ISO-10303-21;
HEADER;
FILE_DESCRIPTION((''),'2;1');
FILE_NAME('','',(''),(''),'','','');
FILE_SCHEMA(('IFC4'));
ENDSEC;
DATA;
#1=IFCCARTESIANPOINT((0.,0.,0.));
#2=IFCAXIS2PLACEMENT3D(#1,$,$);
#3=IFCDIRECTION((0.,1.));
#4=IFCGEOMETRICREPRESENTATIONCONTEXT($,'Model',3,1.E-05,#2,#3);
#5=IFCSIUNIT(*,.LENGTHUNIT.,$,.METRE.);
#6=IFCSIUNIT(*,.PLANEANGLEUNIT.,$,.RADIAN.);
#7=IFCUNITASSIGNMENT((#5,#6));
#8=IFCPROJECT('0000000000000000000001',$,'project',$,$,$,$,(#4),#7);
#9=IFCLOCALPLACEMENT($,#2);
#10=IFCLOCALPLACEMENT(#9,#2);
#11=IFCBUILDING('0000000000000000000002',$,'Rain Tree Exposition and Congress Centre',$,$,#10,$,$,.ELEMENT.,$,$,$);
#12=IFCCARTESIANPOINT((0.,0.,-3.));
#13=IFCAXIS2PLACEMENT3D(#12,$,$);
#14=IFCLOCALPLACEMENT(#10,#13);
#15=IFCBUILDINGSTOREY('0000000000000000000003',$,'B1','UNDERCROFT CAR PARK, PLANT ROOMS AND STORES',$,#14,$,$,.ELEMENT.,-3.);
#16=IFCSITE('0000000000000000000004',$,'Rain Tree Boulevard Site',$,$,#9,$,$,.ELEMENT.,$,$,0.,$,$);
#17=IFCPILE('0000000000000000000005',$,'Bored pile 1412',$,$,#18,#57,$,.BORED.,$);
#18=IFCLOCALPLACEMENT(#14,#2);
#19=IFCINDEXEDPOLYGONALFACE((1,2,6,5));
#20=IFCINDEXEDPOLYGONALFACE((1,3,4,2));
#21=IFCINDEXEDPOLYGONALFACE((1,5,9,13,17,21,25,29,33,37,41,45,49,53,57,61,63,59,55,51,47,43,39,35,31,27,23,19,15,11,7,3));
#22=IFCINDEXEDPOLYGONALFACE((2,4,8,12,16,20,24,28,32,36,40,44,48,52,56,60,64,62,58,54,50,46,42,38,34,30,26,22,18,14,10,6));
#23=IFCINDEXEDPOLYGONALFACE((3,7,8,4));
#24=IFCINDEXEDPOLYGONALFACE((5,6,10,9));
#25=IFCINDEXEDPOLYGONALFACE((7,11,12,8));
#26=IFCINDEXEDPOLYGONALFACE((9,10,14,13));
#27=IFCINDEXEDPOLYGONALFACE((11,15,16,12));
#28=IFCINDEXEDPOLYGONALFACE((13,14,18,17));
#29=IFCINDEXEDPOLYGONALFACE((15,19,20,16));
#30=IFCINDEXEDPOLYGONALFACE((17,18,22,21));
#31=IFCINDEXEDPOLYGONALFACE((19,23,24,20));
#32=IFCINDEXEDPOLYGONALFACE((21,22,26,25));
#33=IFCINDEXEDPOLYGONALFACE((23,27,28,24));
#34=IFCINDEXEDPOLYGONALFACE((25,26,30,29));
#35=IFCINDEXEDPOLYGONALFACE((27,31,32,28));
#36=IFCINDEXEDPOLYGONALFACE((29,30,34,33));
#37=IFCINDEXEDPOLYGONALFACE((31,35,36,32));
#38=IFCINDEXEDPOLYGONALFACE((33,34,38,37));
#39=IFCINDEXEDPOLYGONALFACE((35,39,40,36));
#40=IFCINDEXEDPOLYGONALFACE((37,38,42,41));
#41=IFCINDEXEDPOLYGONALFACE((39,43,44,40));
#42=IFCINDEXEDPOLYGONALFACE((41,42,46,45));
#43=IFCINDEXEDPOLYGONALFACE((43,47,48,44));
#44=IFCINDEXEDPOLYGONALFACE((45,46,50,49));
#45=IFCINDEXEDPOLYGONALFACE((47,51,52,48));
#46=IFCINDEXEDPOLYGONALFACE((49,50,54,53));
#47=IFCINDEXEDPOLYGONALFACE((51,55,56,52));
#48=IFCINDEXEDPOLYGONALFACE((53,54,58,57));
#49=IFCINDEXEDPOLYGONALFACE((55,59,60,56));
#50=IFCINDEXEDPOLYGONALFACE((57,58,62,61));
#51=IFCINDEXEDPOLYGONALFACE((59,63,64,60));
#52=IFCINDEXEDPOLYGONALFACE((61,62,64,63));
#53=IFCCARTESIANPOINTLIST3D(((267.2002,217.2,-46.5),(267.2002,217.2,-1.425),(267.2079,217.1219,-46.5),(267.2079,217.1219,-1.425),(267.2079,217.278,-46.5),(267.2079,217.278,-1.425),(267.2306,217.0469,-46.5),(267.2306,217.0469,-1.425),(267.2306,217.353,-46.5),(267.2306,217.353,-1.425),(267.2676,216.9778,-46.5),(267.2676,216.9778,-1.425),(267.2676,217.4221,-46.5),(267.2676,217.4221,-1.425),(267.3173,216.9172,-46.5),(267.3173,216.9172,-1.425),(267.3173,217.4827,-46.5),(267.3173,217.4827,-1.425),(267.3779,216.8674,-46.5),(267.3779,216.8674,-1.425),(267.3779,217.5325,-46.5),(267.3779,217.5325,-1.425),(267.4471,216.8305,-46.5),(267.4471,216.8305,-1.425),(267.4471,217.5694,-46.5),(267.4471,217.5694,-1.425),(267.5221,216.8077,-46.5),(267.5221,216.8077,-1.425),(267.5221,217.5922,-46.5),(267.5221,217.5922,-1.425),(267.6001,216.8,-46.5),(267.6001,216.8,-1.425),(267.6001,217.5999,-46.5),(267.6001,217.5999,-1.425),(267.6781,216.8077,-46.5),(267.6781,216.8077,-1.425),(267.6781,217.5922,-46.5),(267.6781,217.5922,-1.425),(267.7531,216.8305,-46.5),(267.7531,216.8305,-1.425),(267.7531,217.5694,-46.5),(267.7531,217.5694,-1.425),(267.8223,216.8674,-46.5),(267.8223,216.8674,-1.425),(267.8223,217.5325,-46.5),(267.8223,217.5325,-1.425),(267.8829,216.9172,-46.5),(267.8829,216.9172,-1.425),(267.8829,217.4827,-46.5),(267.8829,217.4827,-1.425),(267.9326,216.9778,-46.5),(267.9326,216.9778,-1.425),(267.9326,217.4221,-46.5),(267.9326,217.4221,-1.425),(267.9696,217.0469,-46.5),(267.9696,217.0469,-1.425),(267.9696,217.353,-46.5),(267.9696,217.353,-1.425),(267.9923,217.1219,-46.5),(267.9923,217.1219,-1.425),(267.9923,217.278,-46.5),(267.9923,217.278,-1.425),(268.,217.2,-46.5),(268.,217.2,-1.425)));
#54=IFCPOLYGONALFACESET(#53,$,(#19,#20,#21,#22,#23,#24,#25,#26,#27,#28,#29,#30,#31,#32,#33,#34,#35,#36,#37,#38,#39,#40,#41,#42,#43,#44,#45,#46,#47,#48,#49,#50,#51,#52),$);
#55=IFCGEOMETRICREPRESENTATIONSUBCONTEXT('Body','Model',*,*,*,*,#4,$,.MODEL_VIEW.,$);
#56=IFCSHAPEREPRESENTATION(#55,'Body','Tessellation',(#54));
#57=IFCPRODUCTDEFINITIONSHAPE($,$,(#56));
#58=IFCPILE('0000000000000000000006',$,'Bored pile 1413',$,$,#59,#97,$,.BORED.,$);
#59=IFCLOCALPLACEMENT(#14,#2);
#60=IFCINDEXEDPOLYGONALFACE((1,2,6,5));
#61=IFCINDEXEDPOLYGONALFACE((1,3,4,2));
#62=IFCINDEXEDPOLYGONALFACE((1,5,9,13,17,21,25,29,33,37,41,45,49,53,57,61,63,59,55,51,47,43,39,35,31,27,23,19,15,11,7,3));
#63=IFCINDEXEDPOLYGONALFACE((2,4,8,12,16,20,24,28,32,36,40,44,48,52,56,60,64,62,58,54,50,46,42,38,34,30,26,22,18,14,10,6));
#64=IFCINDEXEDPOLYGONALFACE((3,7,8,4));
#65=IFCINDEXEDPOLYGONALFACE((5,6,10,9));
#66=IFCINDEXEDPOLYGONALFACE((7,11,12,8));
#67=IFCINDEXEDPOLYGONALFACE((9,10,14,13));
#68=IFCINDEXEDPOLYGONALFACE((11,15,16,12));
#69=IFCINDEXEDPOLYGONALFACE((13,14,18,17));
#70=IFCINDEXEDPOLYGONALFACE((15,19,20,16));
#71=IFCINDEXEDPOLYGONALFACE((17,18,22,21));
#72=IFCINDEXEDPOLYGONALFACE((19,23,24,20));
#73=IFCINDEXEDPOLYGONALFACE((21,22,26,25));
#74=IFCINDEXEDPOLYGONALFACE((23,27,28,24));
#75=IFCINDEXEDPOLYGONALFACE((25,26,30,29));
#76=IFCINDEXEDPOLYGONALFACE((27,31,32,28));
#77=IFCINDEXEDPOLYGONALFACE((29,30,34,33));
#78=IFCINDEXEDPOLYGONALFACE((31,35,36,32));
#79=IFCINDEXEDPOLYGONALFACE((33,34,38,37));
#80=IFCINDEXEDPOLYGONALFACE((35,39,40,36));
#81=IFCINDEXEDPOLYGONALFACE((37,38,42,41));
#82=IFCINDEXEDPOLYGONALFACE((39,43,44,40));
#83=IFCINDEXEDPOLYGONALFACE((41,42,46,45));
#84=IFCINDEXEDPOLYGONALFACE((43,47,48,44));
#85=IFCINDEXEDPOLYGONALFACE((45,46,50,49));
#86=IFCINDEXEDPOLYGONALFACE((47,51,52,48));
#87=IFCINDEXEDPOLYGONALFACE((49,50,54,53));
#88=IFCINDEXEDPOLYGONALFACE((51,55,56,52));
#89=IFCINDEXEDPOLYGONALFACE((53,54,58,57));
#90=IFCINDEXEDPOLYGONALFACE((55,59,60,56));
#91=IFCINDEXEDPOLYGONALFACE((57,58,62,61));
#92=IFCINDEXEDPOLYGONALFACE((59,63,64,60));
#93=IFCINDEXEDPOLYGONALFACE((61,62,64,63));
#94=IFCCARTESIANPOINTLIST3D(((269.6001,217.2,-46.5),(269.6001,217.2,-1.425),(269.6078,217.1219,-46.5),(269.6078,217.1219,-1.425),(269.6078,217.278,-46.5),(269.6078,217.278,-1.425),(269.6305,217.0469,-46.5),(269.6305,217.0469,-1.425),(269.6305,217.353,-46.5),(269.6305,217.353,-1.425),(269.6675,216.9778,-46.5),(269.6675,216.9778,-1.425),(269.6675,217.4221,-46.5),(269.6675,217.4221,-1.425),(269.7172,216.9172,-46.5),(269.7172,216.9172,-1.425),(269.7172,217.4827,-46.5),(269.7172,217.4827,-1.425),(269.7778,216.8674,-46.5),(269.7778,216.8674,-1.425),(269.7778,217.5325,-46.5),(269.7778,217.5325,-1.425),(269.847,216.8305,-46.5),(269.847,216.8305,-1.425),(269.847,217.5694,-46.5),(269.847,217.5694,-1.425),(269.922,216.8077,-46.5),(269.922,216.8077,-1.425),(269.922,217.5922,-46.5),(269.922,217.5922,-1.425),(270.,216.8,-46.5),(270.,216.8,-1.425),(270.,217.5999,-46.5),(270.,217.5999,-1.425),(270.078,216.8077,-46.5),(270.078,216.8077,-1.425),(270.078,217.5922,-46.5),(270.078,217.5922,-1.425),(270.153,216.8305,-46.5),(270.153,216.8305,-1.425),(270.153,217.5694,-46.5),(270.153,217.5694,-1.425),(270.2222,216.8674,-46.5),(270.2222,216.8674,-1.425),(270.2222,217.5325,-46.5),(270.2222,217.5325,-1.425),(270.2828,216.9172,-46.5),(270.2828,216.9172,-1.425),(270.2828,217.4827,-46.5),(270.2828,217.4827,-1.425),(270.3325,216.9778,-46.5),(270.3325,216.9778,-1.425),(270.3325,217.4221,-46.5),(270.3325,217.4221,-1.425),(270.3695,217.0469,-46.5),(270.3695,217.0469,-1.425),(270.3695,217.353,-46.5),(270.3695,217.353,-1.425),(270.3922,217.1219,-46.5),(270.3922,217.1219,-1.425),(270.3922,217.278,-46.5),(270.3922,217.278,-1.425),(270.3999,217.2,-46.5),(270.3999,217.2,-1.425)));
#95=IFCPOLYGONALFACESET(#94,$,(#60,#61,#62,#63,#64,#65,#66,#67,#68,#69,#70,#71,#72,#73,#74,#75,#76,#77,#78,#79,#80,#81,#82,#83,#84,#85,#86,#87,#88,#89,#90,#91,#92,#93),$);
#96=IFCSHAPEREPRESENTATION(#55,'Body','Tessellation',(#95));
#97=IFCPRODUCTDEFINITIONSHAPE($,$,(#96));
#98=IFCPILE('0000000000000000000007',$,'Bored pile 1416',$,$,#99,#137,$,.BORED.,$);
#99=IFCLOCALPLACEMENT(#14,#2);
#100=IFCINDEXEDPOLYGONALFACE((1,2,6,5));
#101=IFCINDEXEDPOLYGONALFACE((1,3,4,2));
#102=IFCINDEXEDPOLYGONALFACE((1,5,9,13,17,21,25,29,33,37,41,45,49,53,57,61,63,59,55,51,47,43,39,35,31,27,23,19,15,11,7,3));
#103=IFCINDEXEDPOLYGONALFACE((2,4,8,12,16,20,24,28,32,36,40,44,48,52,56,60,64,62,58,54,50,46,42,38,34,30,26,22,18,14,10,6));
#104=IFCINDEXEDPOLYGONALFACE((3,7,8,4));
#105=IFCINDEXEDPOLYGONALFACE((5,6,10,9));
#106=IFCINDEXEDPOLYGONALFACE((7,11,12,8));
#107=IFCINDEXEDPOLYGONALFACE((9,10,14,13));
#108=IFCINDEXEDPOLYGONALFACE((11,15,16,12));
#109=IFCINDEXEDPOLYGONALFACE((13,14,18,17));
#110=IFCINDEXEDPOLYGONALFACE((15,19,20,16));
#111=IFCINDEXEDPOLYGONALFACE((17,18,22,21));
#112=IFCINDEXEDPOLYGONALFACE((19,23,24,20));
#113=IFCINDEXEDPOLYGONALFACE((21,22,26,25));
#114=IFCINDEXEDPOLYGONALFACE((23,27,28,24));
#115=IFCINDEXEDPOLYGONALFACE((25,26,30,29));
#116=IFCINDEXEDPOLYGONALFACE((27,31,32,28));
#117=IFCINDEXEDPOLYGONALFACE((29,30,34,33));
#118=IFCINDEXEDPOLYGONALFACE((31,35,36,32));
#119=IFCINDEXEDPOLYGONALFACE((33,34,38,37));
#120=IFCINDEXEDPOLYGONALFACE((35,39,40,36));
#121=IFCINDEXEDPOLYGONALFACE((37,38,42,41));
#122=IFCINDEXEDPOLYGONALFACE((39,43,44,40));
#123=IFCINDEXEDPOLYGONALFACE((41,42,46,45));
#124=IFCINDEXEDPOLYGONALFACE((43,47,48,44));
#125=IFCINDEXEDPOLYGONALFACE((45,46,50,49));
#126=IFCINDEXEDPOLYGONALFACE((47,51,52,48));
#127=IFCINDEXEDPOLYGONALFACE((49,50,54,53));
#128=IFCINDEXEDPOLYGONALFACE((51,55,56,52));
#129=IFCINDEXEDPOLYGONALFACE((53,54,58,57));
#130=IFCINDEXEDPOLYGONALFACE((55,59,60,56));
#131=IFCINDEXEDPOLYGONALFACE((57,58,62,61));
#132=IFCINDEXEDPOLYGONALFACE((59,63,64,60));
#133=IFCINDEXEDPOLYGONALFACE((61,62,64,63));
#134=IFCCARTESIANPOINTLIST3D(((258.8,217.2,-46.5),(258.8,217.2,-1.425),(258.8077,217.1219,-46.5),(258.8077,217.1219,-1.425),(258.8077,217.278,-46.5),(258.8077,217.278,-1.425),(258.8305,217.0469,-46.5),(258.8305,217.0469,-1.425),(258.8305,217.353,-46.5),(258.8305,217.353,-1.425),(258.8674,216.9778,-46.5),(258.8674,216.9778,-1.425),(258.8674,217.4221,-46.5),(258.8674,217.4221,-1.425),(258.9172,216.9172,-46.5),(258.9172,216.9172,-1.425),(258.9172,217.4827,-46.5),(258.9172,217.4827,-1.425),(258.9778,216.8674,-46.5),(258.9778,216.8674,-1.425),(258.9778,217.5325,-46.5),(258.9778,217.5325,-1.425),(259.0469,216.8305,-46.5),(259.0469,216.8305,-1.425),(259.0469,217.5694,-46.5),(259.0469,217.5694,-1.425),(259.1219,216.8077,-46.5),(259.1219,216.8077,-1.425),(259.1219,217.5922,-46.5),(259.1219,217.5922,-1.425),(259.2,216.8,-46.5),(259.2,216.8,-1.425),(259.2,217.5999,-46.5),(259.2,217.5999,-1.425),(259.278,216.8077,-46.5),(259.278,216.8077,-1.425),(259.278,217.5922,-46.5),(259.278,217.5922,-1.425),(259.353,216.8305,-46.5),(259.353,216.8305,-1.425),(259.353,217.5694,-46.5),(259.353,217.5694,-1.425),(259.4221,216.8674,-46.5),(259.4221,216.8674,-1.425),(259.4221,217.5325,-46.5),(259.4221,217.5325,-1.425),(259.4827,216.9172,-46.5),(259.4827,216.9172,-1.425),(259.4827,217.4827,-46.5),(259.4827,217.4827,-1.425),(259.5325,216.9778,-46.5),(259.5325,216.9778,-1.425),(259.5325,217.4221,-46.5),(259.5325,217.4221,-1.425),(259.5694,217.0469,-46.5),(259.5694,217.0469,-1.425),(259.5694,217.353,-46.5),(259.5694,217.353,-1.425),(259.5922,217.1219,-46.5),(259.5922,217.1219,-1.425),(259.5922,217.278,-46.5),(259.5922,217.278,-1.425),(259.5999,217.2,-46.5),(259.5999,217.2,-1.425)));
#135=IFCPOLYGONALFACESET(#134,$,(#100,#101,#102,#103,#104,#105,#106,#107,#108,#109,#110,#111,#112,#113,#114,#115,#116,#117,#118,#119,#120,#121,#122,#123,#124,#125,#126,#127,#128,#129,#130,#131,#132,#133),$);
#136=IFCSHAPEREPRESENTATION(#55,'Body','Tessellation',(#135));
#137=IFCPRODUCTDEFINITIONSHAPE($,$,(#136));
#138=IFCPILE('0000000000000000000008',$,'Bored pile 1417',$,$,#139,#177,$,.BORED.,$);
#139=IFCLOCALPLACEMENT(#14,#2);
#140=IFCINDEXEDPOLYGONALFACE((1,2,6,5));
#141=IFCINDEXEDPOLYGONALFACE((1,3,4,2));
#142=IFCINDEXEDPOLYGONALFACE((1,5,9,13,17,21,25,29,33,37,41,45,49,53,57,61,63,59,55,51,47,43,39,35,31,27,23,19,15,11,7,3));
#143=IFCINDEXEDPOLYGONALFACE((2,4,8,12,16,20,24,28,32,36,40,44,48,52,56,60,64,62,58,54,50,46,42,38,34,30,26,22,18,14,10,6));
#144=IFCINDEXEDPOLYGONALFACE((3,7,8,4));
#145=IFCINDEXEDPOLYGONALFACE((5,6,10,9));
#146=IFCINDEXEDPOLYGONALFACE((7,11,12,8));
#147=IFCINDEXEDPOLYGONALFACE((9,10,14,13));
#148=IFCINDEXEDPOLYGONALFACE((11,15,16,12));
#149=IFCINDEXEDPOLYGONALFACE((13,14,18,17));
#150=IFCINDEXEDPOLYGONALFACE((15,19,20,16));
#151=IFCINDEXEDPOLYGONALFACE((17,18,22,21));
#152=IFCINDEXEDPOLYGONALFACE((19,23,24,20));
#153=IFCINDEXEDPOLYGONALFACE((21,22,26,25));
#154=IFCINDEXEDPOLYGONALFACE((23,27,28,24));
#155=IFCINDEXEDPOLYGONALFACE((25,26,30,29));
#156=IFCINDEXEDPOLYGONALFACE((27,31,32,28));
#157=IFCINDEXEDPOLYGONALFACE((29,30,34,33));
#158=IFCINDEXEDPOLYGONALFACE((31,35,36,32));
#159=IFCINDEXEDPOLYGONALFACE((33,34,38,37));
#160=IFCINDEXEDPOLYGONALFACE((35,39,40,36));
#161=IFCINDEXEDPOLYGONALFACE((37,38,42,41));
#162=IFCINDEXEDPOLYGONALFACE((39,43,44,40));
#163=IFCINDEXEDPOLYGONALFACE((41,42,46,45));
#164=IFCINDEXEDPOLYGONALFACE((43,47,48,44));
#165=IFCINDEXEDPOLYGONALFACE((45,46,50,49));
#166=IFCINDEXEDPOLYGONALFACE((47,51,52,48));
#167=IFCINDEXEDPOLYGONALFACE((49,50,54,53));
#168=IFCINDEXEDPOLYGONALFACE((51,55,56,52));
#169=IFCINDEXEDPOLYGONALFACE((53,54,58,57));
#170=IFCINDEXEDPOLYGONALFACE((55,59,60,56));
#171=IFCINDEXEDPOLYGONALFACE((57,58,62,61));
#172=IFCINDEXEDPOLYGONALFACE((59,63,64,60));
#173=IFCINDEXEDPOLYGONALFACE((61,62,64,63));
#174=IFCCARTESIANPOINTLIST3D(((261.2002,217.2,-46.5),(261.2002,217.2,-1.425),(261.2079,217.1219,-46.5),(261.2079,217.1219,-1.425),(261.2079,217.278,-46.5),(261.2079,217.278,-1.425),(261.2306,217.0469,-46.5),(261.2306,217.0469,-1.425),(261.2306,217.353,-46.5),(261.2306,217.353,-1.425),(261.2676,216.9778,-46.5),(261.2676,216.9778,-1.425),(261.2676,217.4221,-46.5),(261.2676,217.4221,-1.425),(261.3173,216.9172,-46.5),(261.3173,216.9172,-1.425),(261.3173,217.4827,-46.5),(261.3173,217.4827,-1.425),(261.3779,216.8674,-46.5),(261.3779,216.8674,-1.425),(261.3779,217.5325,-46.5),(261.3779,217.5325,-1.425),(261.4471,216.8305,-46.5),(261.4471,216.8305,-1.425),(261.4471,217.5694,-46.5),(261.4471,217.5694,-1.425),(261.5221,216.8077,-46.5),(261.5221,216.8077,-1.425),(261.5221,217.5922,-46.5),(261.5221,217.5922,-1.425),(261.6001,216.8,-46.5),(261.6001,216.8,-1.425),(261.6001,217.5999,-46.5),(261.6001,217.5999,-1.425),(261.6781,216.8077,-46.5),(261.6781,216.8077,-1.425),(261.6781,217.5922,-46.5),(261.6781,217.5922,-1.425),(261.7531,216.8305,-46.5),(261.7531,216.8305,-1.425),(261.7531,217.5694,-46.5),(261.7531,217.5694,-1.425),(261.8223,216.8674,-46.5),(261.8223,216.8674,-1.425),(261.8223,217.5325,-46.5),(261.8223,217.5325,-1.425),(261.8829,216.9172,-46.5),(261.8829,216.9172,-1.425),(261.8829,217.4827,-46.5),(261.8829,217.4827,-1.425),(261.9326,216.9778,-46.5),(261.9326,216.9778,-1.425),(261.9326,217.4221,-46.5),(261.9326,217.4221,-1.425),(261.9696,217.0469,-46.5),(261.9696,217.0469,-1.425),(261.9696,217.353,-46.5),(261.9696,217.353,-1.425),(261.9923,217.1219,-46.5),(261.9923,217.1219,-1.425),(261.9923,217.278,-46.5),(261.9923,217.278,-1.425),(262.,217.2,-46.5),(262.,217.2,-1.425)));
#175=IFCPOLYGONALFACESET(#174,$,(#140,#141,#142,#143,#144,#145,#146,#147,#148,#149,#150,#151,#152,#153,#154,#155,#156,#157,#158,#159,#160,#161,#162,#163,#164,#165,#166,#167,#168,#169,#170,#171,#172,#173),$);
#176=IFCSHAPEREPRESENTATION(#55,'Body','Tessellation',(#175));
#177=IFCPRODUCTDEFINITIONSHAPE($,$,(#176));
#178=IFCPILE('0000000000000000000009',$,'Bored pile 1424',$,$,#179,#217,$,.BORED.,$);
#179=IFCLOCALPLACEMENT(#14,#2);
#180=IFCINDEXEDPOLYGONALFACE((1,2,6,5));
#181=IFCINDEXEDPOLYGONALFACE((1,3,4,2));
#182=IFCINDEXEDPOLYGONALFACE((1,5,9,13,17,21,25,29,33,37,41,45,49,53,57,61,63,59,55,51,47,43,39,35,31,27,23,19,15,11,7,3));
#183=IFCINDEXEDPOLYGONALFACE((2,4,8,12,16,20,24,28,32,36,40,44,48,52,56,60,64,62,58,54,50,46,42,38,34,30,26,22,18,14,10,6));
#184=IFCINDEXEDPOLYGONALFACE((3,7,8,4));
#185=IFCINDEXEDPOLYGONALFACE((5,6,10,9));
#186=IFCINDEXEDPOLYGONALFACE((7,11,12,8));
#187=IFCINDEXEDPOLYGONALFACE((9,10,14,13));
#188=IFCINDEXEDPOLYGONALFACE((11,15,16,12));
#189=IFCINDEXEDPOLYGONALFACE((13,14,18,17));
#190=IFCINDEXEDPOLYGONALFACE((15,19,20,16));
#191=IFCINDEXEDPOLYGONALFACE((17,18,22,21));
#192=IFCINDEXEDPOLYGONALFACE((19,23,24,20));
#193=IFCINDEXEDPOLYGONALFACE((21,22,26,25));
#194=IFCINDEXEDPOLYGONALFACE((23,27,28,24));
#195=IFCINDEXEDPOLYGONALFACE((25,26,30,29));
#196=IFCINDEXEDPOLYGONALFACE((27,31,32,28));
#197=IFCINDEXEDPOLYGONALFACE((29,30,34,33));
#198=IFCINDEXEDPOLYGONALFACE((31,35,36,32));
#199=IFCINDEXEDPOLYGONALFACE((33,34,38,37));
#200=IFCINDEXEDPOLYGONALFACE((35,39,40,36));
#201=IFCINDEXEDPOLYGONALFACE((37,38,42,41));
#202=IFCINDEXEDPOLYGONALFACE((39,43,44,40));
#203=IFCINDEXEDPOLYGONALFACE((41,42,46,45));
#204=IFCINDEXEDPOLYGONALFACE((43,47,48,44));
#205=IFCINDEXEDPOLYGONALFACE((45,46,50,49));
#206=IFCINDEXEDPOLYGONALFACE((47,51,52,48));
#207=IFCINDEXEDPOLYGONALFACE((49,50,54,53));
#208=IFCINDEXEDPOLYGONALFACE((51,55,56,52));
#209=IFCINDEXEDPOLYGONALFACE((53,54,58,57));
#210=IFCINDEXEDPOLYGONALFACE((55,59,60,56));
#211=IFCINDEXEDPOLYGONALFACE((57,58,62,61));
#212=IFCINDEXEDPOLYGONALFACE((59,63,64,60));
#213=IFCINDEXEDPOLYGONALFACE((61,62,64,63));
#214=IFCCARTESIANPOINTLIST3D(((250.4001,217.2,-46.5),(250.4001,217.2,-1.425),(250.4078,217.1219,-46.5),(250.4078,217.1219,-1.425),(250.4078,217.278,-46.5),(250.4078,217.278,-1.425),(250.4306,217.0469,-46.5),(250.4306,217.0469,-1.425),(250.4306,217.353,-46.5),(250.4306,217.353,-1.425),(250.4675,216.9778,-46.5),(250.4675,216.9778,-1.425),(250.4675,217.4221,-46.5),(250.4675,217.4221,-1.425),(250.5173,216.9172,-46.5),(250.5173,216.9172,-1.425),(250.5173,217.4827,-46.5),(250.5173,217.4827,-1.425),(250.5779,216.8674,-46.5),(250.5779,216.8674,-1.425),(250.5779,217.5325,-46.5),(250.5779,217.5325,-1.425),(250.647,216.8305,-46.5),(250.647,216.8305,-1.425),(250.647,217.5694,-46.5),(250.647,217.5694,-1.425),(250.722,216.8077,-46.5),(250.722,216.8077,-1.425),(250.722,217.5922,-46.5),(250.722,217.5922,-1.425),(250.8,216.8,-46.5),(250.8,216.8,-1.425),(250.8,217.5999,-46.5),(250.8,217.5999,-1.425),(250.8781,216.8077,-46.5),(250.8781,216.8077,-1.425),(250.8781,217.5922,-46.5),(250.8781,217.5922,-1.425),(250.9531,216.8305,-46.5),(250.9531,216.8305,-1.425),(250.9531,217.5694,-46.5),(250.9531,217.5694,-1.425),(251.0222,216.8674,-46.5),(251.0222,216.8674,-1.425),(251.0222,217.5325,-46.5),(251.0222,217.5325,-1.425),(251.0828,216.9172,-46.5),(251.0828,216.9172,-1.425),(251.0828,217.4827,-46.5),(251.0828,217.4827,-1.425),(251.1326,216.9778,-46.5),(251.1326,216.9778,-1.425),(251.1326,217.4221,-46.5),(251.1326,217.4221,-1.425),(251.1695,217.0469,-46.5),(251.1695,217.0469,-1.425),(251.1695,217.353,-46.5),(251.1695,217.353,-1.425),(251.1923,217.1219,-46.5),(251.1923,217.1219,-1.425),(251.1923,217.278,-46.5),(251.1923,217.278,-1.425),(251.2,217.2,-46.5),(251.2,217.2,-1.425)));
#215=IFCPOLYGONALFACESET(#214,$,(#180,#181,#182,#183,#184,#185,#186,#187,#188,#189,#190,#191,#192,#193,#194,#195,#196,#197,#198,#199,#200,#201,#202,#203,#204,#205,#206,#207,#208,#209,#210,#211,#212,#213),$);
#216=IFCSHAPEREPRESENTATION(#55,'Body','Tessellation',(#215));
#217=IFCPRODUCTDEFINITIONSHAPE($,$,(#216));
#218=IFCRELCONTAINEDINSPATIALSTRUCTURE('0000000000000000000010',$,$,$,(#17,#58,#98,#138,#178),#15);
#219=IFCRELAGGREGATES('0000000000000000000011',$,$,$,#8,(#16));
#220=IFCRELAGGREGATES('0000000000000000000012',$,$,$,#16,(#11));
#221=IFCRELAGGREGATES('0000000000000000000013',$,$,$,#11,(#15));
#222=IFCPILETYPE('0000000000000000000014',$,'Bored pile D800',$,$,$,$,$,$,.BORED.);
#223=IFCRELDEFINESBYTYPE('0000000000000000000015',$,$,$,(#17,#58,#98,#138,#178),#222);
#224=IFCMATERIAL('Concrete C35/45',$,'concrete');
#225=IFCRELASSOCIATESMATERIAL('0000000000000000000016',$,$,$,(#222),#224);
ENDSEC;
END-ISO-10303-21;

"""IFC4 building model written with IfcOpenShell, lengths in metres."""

from ifc_helpers import new_model, si_unit, direction, frame, origin, origin_2d, place, context, subcontext, project, spatial, circle, extrude, material, material_profile, profile_set, type_object, element, save


model = new_model("IFC4")

# Units and contexts
model_context = context("Model", 3, precision=1e-05, world=origin(), true_north=direction((0.0, 1.0)))
body_context = subcontext(model_context, "Body", "Model", "MODEL_VIEW")
ifc_project = project(units=[si_unit("LENGTHUNIT", "METRE"), si_unit("PLANEANGLEUNIT", "RADIAN")], contexts=[model_context])

# Site, building, storey
site_placement = place(None, origin())
site = spatial("IfcSite", under=ifc_project, at=site_placement, Name="Rain Tree Boulevard Site", CompositionType="ELEMENT", RefElevation=0.0)
building_placement = place(site_placement, origin())
building = spatial("IfcBuilding", under=site, at=building_placement, Name="Rain Tree Exposition and Congress Centre", CompositionType="ELEMENT")
storey_placement = place(building_placement, frame((0.0, 0.0, -3.0)))
storey = spatial("IfcBuildingStorey", under=building, at=storey_placement, Name="B1", Description="UNDERCROFT CAR PARK, PLANT ROOMS AND STORES", CompositionType="ELEMENT", Elevation=-3.0)

# Piles
ifc_material_1 = material(Name="Concrete C35/45", Category="concrete")
ifc_material_profile_1 = material_profile(ifc_material_1, circle(Radius=0.3999, at=origin_2d()), Name="D800")
ifc_profile_set_1 = profile_set([ifc_material_profile_1], Name="Concrete C35/45")
pile_type_1 = type_object("IfcPileType", Name="Bored pile D800", PredefinedType="BORED", material=ifc_profile_set_1)
for number, where, z_axis, x_axis, name in (
    (1, (267.6001, 217.2, -1.425), (0.0, 0.0, -1.0), (1.0, 0.0, 0.0), "Bored pile 1412"),
    (2, (270.0, 217.2, -1.425), (0.0, 0.0, -1.0), (1.0, 0.0, 0.0), "Bored pile 1413"),
    (3, (259.2, 217.2, -1.425), (0.0, 0.0, -1.0), (1.0, 0.0, 0.0), "Bored pile 1416"),
    (4, (261.6001, 217.2, -1.425), (0.0, 0.0, -1.0), (1.0, 0.0, 0.0), "Bored pile 1417"),
    (5, (250.8, 217.2, -1.425), (0.0, 0.0, -1.0), (1.0, 0.0, 0.0), "Bored pile 1424"),
):
    element("IfcPile", number, at=place(storey_placement, frame(where, z_axis=z_axis, x_axis=x_axis)), inside=storey, type_object=pile_type_1, Name=name, PredefinedType="BORED", context=body_context, shape_type="SweptSolid", body=[
        extrude(circle(Radius=0.3999, at=origin_2d()), origin(), (0.0, 0.0, 1.0), 45.075),
    ])

save(model, "model.ifc")
